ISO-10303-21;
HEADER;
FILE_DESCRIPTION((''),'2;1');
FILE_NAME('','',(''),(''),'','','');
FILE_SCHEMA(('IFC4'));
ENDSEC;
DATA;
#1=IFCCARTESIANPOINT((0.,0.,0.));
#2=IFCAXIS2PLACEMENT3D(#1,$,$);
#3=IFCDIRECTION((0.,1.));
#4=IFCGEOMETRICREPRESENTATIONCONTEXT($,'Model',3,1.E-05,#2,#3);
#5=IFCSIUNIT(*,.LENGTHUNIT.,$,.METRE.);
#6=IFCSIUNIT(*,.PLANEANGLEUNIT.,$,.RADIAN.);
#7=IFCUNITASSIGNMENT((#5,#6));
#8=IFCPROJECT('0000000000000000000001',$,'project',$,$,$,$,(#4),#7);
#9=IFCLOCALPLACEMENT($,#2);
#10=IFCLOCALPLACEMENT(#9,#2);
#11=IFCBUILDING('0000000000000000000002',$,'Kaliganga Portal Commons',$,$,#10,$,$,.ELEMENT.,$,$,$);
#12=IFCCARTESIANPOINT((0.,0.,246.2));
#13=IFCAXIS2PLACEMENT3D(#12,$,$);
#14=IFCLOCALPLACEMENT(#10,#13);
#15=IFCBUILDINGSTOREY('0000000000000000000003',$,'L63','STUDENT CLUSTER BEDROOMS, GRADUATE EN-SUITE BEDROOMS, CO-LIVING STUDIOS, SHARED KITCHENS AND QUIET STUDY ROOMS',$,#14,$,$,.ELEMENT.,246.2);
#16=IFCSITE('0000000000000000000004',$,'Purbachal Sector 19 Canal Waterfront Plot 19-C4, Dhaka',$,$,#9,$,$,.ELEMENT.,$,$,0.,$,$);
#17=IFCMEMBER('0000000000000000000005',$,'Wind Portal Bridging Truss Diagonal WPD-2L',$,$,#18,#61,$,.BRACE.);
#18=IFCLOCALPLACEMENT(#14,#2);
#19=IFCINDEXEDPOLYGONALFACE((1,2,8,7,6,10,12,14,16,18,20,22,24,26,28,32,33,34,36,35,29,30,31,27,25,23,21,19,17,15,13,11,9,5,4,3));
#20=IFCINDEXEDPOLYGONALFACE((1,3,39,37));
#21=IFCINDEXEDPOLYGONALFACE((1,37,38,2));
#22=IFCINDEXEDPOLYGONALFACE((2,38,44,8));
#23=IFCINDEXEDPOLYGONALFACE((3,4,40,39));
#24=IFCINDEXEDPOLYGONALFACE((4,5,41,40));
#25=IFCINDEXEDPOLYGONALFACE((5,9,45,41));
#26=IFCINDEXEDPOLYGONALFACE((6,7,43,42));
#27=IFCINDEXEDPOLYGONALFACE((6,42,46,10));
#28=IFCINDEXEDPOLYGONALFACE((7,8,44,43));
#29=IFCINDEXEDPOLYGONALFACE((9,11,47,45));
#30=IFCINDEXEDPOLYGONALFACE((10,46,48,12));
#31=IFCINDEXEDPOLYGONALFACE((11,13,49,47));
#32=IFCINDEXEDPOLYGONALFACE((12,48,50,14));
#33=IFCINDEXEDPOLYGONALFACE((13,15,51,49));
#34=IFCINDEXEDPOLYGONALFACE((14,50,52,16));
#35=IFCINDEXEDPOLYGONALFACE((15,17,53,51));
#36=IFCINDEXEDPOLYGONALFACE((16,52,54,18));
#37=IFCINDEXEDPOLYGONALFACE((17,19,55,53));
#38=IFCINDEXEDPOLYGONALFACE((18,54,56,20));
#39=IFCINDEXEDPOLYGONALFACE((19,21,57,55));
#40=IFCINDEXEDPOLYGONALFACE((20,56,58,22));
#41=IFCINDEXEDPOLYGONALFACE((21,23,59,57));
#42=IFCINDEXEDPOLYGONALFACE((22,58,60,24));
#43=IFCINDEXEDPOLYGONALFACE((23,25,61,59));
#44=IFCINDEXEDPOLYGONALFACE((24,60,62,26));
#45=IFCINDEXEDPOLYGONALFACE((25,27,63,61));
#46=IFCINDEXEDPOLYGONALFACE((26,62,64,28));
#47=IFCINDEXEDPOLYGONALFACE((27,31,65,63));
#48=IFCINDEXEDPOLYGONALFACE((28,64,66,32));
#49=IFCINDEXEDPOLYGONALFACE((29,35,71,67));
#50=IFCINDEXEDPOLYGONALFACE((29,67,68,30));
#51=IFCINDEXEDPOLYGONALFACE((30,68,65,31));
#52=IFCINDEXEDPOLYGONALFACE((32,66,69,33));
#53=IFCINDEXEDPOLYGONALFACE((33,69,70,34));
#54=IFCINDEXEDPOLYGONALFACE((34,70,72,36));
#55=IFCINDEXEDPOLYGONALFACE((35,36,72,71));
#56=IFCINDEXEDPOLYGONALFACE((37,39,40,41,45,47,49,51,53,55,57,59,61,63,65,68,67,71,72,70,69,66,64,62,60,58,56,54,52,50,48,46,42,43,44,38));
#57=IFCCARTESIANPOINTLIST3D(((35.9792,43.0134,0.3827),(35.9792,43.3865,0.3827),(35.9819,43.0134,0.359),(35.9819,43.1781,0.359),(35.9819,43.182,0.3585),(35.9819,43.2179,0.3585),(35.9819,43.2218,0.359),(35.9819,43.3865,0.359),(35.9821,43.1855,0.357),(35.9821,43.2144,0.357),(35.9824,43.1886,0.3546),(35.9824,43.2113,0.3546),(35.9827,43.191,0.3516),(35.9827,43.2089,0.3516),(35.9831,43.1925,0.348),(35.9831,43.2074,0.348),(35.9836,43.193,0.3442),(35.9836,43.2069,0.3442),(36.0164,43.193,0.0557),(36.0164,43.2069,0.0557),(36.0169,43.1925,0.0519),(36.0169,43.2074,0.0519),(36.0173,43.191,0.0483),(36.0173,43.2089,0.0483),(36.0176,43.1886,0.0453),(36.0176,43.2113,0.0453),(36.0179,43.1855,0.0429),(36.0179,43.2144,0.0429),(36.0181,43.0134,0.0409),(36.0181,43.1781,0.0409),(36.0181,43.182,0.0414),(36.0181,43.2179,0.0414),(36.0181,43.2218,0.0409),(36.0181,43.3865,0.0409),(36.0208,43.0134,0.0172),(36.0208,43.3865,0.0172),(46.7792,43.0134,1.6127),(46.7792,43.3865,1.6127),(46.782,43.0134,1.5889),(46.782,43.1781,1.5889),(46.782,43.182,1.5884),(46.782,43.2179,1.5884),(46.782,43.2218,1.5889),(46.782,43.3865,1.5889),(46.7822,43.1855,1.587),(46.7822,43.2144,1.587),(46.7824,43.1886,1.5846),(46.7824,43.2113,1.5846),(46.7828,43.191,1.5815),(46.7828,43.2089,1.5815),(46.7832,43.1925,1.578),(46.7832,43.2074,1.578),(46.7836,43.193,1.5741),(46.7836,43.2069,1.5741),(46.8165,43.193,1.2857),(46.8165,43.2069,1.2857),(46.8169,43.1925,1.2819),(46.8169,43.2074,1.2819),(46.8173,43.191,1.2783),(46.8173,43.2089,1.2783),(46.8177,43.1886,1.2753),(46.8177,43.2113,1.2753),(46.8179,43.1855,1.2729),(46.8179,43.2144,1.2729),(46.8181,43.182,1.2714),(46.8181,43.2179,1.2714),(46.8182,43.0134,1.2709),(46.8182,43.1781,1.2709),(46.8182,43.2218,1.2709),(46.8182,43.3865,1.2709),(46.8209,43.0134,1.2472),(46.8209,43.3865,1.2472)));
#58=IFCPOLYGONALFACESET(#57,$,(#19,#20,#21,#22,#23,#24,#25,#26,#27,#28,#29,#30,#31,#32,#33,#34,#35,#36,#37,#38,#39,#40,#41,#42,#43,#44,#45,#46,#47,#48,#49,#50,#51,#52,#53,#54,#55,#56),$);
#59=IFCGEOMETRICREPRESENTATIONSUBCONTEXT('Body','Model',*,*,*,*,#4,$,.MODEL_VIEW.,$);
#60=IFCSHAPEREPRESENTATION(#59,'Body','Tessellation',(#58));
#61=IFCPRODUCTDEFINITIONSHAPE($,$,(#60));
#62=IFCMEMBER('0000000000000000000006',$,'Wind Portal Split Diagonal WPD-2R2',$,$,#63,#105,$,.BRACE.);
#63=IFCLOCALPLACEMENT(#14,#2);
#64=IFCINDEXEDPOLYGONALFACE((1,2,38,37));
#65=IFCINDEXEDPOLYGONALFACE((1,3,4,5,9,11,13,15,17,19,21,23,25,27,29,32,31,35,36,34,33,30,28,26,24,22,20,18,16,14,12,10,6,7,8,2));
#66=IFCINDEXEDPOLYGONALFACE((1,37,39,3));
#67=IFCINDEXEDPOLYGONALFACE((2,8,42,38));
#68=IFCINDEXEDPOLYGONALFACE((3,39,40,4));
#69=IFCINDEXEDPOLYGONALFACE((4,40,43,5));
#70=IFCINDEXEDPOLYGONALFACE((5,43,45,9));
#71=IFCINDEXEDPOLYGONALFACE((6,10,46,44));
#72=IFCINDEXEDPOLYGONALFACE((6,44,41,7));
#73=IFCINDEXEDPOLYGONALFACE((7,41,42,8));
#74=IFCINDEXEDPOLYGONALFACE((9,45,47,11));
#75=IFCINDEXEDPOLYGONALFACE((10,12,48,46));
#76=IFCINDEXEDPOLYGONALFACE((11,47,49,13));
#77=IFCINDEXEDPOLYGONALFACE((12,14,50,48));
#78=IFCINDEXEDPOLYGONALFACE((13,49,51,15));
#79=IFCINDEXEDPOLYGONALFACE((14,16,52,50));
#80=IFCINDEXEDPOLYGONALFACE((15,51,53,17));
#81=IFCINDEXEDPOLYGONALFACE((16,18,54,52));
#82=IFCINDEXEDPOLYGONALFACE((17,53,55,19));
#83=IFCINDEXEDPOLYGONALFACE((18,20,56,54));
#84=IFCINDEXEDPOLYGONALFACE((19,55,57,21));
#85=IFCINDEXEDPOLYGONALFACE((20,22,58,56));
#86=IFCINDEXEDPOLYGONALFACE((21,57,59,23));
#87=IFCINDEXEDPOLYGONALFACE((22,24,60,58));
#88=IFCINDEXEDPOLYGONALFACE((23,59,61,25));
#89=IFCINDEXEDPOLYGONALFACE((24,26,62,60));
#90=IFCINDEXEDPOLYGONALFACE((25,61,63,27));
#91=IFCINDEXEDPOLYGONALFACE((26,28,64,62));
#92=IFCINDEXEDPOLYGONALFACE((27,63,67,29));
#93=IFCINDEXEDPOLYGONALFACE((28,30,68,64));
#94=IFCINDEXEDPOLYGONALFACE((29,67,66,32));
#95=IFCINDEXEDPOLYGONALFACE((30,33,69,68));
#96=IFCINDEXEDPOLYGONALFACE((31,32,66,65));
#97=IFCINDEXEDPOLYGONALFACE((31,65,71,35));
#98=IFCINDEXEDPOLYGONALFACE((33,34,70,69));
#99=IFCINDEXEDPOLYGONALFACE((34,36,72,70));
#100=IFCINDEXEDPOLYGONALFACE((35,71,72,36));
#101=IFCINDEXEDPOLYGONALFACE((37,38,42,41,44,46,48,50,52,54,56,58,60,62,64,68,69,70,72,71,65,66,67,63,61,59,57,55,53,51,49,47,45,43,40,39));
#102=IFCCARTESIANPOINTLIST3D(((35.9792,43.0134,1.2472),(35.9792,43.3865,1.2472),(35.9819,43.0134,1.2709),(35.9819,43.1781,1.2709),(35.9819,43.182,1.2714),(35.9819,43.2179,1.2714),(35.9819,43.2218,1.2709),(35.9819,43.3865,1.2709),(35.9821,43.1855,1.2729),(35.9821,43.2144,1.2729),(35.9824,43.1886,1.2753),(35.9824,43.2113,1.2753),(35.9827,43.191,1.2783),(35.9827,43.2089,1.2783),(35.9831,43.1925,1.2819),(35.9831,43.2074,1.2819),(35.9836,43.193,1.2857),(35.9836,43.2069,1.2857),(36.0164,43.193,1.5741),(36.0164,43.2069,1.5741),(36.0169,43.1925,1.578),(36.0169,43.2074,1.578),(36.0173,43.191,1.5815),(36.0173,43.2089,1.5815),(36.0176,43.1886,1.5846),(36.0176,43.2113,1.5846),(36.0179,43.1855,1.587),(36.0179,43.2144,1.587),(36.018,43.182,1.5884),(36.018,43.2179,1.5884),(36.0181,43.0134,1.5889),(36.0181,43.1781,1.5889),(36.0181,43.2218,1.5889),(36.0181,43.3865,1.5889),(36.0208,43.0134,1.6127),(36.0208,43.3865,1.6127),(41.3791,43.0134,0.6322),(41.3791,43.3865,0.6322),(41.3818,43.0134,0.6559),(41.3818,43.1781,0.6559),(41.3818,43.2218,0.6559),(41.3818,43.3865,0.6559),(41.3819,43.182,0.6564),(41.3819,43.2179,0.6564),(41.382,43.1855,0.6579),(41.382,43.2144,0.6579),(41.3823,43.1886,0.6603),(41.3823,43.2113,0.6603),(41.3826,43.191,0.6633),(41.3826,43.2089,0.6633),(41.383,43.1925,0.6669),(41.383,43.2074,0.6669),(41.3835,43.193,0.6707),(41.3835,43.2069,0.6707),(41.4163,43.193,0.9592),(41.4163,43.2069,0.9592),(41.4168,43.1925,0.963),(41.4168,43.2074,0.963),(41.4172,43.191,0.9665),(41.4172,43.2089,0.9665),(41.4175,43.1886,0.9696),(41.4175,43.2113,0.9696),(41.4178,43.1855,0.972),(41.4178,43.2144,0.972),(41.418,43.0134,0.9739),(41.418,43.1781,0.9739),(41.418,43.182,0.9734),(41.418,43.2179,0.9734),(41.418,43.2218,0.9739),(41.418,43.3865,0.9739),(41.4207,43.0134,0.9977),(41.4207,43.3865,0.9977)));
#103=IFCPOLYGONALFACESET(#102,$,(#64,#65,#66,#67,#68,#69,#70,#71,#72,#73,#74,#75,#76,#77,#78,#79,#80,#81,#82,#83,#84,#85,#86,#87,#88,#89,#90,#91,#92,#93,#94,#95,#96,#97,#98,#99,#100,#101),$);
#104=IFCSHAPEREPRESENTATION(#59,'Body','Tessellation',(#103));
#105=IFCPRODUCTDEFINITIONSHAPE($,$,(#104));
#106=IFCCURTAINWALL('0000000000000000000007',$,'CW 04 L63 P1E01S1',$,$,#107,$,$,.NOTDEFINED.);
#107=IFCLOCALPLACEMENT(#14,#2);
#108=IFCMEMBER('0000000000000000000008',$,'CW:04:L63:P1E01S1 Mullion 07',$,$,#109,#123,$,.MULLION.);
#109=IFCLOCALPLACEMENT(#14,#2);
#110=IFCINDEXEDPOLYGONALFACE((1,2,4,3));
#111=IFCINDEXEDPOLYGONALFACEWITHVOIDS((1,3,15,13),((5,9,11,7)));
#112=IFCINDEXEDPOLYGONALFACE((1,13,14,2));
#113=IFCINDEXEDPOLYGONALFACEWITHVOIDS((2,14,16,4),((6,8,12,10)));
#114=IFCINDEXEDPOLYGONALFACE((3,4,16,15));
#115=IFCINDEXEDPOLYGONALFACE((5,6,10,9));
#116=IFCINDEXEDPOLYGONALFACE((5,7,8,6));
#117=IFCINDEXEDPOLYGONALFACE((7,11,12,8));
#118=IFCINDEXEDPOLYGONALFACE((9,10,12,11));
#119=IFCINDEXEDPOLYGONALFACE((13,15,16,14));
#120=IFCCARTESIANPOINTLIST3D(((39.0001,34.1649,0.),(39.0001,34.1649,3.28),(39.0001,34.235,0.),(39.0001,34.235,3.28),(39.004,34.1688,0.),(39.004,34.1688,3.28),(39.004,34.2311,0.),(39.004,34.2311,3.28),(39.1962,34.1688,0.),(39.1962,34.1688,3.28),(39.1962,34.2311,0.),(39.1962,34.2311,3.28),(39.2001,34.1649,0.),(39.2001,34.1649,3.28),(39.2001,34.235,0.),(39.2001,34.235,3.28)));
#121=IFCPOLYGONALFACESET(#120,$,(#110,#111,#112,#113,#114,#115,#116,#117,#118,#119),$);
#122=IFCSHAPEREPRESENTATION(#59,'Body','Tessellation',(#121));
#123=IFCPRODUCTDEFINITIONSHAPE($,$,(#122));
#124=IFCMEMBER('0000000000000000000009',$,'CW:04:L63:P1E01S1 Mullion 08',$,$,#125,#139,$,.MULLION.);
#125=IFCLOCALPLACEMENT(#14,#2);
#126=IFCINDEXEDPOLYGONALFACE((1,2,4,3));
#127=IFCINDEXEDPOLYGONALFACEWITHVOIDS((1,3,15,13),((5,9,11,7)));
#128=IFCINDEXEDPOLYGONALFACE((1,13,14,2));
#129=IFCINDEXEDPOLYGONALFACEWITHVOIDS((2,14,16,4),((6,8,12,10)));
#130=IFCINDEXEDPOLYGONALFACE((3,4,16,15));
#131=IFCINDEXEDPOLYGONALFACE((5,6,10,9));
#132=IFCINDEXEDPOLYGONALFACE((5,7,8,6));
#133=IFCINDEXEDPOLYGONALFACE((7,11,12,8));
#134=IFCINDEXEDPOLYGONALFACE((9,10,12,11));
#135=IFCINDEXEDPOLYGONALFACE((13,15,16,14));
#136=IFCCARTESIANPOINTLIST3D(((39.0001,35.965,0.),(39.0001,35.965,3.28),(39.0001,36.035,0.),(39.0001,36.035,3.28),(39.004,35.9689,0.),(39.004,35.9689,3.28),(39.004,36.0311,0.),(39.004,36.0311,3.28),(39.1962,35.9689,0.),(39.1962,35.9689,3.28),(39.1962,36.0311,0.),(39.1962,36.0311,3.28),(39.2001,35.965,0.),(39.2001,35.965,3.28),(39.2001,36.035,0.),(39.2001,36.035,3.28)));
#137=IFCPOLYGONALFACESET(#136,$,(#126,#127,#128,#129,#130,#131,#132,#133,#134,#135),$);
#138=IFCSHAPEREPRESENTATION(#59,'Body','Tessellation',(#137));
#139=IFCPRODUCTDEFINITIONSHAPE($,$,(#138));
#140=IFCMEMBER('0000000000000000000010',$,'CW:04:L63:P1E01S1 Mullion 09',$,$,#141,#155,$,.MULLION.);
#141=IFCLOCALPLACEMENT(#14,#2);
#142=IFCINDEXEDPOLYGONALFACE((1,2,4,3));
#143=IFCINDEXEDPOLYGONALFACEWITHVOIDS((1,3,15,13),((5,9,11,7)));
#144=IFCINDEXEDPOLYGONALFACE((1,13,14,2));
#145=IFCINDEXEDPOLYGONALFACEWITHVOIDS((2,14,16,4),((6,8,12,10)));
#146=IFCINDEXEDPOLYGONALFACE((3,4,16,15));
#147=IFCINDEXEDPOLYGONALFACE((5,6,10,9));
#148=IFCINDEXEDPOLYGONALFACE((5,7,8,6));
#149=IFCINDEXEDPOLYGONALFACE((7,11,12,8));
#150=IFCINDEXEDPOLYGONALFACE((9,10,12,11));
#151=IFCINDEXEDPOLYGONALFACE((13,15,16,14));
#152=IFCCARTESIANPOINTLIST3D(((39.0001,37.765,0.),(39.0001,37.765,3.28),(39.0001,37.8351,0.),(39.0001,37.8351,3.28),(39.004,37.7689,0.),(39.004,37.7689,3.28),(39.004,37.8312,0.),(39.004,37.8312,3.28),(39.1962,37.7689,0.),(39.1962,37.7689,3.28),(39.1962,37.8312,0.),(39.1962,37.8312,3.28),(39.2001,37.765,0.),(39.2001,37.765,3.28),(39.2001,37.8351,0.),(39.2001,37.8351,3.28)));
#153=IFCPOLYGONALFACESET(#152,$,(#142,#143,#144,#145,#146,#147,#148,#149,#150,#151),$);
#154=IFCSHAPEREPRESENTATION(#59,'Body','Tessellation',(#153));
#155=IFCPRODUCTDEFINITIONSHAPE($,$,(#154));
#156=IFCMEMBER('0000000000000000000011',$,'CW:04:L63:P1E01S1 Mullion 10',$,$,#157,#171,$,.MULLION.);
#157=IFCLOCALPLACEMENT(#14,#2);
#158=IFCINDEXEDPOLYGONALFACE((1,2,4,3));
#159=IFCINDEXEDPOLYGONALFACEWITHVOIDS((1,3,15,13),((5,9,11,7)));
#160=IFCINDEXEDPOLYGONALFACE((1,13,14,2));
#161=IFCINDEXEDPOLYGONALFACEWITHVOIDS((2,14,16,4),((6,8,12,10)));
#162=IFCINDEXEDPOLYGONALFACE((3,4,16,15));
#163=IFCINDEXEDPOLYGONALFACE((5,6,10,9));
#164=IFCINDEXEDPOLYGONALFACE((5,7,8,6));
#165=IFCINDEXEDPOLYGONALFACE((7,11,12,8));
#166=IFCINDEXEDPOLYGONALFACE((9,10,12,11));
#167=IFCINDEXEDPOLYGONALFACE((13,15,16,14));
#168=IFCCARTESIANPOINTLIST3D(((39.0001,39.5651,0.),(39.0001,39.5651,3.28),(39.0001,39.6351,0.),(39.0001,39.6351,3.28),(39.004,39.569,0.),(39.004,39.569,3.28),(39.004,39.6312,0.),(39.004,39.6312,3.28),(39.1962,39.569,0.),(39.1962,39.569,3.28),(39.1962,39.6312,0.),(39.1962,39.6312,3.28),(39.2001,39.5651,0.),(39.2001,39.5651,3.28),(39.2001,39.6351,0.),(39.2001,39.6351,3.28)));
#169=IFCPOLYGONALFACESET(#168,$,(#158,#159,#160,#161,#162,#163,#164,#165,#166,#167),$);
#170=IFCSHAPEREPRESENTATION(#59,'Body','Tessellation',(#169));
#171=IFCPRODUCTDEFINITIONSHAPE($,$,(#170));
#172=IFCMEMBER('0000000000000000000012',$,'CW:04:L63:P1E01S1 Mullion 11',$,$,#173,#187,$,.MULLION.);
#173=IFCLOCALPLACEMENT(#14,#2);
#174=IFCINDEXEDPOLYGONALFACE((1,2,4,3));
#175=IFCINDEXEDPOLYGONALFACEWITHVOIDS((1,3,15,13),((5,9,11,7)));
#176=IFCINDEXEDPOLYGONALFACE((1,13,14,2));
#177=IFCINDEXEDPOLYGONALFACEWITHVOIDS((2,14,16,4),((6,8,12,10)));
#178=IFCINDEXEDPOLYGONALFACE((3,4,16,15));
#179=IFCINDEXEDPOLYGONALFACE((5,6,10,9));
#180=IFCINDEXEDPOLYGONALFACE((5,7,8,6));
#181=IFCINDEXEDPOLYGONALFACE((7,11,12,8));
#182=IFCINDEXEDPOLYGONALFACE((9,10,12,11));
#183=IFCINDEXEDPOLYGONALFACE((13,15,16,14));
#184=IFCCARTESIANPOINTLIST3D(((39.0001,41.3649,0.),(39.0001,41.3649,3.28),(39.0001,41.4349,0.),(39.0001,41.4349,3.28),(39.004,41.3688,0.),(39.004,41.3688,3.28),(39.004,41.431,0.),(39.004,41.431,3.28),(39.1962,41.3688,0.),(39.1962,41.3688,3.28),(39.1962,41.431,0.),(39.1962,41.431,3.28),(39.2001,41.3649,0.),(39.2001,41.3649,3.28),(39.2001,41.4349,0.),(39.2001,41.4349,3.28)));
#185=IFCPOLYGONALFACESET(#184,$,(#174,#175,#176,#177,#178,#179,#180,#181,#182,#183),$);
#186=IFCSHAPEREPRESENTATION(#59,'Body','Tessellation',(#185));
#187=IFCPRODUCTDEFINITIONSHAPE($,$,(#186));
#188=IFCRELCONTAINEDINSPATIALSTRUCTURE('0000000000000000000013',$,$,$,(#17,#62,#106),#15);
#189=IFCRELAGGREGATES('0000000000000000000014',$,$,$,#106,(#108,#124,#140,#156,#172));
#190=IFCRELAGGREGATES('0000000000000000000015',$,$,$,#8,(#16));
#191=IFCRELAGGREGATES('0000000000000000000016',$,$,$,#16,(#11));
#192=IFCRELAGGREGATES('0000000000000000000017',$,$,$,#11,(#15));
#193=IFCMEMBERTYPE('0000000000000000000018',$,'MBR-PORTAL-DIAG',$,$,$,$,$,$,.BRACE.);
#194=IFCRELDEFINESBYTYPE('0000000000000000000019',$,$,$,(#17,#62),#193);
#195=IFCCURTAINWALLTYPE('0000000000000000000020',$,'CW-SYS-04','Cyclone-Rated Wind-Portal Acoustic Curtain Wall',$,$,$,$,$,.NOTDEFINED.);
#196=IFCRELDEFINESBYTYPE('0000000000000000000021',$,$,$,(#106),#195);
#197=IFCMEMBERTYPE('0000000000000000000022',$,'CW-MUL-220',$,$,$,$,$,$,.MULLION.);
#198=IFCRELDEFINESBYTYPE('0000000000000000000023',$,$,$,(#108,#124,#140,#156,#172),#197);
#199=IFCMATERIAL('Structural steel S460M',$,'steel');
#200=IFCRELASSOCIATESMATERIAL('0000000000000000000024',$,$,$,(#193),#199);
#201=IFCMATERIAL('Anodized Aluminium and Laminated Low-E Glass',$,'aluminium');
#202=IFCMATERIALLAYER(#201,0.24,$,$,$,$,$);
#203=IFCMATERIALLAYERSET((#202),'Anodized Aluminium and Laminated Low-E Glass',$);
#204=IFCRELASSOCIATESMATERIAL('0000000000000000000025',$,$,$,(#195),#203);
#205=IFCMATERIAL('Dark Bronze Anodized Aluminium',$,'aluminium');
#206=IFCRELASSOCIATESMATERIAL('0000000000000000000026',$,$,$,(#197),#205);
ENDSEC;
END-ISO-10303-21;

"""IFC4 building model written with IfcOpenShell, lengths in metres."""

from ifc_helpers import new_model, si_unit, direction, frame, origin, origin_2d, place, context, subcontext, project, spatial, hollow_rectangle, i_section, extrude, source, transform, mapped, material, layer, layer_set, material_profile, profile_set, type_object, element, aggregate, save


model = new_model("IFC4")

# Units and contexts
model_context = context("Model", 3, precision=1e-05, world=origin(), true_north=direction((0.0, 1.0)))
body_context = subcontext(model_context, "Body", "Model", "MODEL_VIEW")
ifc_project = project(units=[si_unit("LENGTHUNIT", "METRE"), si_unit("PLANEANGLEUNIT", "RADIAN")], contexts=[model_context])

# Site, building, storey
site_placement = place(None, origin())
site = spatial("IfcSite", under=ifc_project, at=site_placement, Name="Purbachal Sector 19 Canal Waterfront Plot 19-C4, Dhaka", CompositionType="ELEMENT", RefElevation=0.0)
building_placement = place(site_placement, origin())
building = spatial("IfcBuilding", under=site, at=building_placement, Name="Kaliganga Portal Commons", CompositionType="ELEMENT")
storey_placement = place(building_placement, frame((0.0, 0.0, 246.2)))
storey = spatial("IfcBuildingStorey", under=building, at=storey_placement, Name="L63", Description="STUDENT CLUSTER BEDROOMS, GRADUATE EN-SUITE BEDROOMS, CO-LIVING STUDIOS, SHARED KITCHENS AND QUIET STUDY ROOMS", CompositionType="ELEMENT", Elevation=246.2)

# Members
ifc_material_1 = material(Name="Structural steel S460M", Category="steel")
ifc_material_profile_1 = material_profile(ifc_material_1, i_section(OverallWidth=0.373, OverallDepth=0.3679, WebThickness=0.0139, FlangeThickness=0.0239, FilletRadius=0.0149, at=origin_2d()), Name="HD 360x179")
ifc_profile_set_1 = profile_set([ifc_material_profile_1], Name="Structural steel S460M wide-flange")
member_type_1 = type_object("IfcMemberType", Name="MBR-PORTAL-DIAG", PredefinedType="BRACE", material=ifc_profile_set_1)
shared_shape_1 = source(origin(), body_context, "Body", "SweptSolid", [
    extrude(i_section(OverallWidth=0.373, OverallDepth=0.3679, WebThickness=0.0139, FlangeThickness=0.0239, FilletRadius=0.0149, at=origin_2d()), origin(), (0.0, 0.0, 1.0), 10.8699),
])
member_1_placement = place(storey_placement, frame((36.0, 43.2, 0.2), z_axis=(0.993577, 0.0, 0.113155), x_axis=(0.0, 1.0, 0.0)))
element("IfcMember", 1, at=member_1_placement, inside=storey, type_object=member_type_1, Name="Wind Portal Bridging Truss Diagonal WPD-2L", PredefinedType="BRACE", context=body_context, shape_type="MappedRepresentation", body=[
    mapped(shared_shape_1, transform((0.0, 0.0, 0.0), x_axis=(1.0, 0.0, 0.0), y_axis=(0.0, 1.0, 0.0), z_axis=(0.0, 0.0, 1.0), scale=1.0)),
])
shared_shape_2 = source(origin(), body_context, "Body", "SweptSolid", [
    extrude(i_section(OverallWidth=0.373, OverallDepth=0.3679, WebThickness=0.0139, FlangeThickness=0.0239, FilletRadius=0.0149, at=origin_2d()), origin(), (0.0, 0.0, 1.0), 5.4348),
])
member_2_placement = place(storey_placement, frame((41.3999, 43.2, 0.8149), z_axis=(-0.993577, 0.0, 0.113158), x_axis=(0.0, -1.0, 0.0)))
element("IfcMember", 2, at=member_2_placement, inside=storey, type_object=member_type_1, Name="Wind Portal Split Diagonal WPD-2R2", PredefinedType="BRACE", context=body_context, shape_type="MappedRepresentation", body=[
    mapped(shared_shape_2, transform((0.0, 0.0, 0.0), x_axis=(1.0, 0.0, 0.0), y_axis=(0.0, 1.0, 0.0), z_axis=(0.0, 0.0, 1.0), scale=1.0)),
])

# Curtain wall, members
ifc_material_2 = material(Name="Anodized Aluminium and Laminated Low-E Glass", Category="aluminium")
ifc_layer_1 = layer(ifc_material_2, 0.24)
ifc_layer_set_1 = layer_set([ifc_layer_1], Name="Anodized Aluminium and Laminated Low-E Glass")
curtain_wall_type = type_object("IfcCurtainWallType", Name="CW-SYS-04", Description="Cyclone-Rated Wind-Portal Acoustic Curtain Wall", PredefinedType="NOTDEFINED", material=ifc_layer_set_1)
curtain_wall_1_placement = place(storey_placement, origin())
curtain_wall_1 = element("IfcCurtainWall", 3, at=curtain_wall_1_placement, inside=storey, type_object=curtain_wall_type, Name="CW 04 L63 P1E01S1", PredefinedType="NOTDEFINED")
ifc_material_3 = material(Name="Dark Bronze Anodized Aluminium", Category="aluminium")
ifc_material_profile_2 = material_profile(ifc_material_3, hollow_rectangle(XDim=0.0701, YDim=0.2, WallThickness=0.0039, at=origin_2d()), Name="ALU MULL 70x200x4")
ifc_profile_set_2 = profile_set([ifc_material_profile_2], Name="Dark Bronze Anodized Aluminium")
member_type_2 = type_object("IfcMemberType", Name="CW-MUL-220", PredefinedType="MULLION", material=ifc_profile_set_2)
shared_shape_3 = source(origin(), body_context, "Body", "SweptSolid", [
    extrude(hollow_rectangle(XDim=0.0701, YDim=0.2, WallThickness=0.0039, at=origin_2d()), origin(), (0.0, 0.0, 1.0), 3.28),
])
member_3_placement = place(storey_placement, frame((39.1001, 34.2, 0.0), z_axis=(0.0, 0.0, 1.0), x_axis=(0.0, 1.0, 0.0)))
member_3 = element("IfcMember", 4, at=member_3_placement, type_object=member_type_2, Name="CW:04:L63:P1E01S1 Mullion 07", PredefinedType="MULLION", context=body_context, shape_type="MappedRepresentation", body=[
    mapped(shared_shape_3, transform((0.0, 0.0, 0.0), x_axis=(1.0, 0.0, 0.0), y_axis=(0.0, 1.0, 0.0), z_axis=(0.0, 0.0, 1.0), scale=1.0)),
])
member_4_placement = place(storey_placement, frame((39.1001, 36.0, 0.0), z_axis=(0.0, 0.0, 1.0), x_axis=(0.0, 1.0, 0.0)))
member_4 = element("IfcMember", 5, at=member_4_placement, type_object=member_type_2, Name="CW:04:L63:P1E01S1 Mullion 08", PredefinedType="MULLION", context=body_context, shape_type="MappedRepresentation", body=[
    mapped(shared_shape_3, transform((0.0, 0.0, 0.0), x_axis=(1.0, 0.0, 0.0), y_axis=(0.0, 1.0, 0.0), z_axis=(0.0, 0.0, 1.0), scale=1.0)),
])
member_5_placement = place(storey_placement, frame((39.1001, 37.8, 0.0), z_axis=(0.0, 0.0, 1.0), x_axis=(0.0, 1.0, 0.0)))
member_5 = element("IfcMember", 6, at=member_5_placement, type_object=member_type_2, Name="CW:04:L63:P1E01S1 Mullion 09", PredefinedType="MULLION", context=body_context, shape_type="MappedRepresentation", body=[
    mapped(shared_shape_3, transform((0.0, 0.0, 0.0), x_axis=(1.0, 0.0, 0.0), y_axis=(0.0, 1.0, 0.0), z_axis=(0.0, 0.0, 1.0), scale=1.0)),
])
member_6_placement = place(storey_placement, frame((39.1001, 39.6001, 0.0), z_axis=(0.0, 0.0, 1.0), x_axis=(0.0, 1.0, 0.0)))
member_6 = element("IfcMember", 7, at=member_6_placement, type_object=member_type_2, Name="CW:04:L63:P1E01S1 Mullion 10", PredefinedType="MULLION", context=body_context, shape_type="MappedRepresentation", body=[
    mapped(shared_shape_3, transform((0.0, 0.0, 0.0), x_axis=(1.0, 0.0, 0.0), y_axis=(0.0, 1.0, 0.0), z_axis=(0.0, 0.0, 1.0), scale=1.0)),
])
member_7_placement = place(storey_placement, frame((39.1001, 41.3999, 0.0), z_axis=(0.0, 0.0, 1.0), x_axis=(0.0, 1.0, 0.0)))
member_7 = element("IfcMember", 8, at=member_7_placement, type_object=member_type_2, Name="CW:04:L63:P1E01S1 Mullion 11", PredefinedType="MULLION", context=body_context, shape_type="MappedRepresentation", body=[
    mapped(shared_shape_3, transform((0.0, 0.0, 0.0), x_axis=(1.0, 0.0, 0.0), y_axis=(0.0, 1.0, 0.0), z_axis=(0.0, 0.0, 1.0), scale=1.0)),
])

aggregate(curtain_wall_1, [member_3, member_4, member_5, member_6, member_7])

save(model, "model.ifc")
